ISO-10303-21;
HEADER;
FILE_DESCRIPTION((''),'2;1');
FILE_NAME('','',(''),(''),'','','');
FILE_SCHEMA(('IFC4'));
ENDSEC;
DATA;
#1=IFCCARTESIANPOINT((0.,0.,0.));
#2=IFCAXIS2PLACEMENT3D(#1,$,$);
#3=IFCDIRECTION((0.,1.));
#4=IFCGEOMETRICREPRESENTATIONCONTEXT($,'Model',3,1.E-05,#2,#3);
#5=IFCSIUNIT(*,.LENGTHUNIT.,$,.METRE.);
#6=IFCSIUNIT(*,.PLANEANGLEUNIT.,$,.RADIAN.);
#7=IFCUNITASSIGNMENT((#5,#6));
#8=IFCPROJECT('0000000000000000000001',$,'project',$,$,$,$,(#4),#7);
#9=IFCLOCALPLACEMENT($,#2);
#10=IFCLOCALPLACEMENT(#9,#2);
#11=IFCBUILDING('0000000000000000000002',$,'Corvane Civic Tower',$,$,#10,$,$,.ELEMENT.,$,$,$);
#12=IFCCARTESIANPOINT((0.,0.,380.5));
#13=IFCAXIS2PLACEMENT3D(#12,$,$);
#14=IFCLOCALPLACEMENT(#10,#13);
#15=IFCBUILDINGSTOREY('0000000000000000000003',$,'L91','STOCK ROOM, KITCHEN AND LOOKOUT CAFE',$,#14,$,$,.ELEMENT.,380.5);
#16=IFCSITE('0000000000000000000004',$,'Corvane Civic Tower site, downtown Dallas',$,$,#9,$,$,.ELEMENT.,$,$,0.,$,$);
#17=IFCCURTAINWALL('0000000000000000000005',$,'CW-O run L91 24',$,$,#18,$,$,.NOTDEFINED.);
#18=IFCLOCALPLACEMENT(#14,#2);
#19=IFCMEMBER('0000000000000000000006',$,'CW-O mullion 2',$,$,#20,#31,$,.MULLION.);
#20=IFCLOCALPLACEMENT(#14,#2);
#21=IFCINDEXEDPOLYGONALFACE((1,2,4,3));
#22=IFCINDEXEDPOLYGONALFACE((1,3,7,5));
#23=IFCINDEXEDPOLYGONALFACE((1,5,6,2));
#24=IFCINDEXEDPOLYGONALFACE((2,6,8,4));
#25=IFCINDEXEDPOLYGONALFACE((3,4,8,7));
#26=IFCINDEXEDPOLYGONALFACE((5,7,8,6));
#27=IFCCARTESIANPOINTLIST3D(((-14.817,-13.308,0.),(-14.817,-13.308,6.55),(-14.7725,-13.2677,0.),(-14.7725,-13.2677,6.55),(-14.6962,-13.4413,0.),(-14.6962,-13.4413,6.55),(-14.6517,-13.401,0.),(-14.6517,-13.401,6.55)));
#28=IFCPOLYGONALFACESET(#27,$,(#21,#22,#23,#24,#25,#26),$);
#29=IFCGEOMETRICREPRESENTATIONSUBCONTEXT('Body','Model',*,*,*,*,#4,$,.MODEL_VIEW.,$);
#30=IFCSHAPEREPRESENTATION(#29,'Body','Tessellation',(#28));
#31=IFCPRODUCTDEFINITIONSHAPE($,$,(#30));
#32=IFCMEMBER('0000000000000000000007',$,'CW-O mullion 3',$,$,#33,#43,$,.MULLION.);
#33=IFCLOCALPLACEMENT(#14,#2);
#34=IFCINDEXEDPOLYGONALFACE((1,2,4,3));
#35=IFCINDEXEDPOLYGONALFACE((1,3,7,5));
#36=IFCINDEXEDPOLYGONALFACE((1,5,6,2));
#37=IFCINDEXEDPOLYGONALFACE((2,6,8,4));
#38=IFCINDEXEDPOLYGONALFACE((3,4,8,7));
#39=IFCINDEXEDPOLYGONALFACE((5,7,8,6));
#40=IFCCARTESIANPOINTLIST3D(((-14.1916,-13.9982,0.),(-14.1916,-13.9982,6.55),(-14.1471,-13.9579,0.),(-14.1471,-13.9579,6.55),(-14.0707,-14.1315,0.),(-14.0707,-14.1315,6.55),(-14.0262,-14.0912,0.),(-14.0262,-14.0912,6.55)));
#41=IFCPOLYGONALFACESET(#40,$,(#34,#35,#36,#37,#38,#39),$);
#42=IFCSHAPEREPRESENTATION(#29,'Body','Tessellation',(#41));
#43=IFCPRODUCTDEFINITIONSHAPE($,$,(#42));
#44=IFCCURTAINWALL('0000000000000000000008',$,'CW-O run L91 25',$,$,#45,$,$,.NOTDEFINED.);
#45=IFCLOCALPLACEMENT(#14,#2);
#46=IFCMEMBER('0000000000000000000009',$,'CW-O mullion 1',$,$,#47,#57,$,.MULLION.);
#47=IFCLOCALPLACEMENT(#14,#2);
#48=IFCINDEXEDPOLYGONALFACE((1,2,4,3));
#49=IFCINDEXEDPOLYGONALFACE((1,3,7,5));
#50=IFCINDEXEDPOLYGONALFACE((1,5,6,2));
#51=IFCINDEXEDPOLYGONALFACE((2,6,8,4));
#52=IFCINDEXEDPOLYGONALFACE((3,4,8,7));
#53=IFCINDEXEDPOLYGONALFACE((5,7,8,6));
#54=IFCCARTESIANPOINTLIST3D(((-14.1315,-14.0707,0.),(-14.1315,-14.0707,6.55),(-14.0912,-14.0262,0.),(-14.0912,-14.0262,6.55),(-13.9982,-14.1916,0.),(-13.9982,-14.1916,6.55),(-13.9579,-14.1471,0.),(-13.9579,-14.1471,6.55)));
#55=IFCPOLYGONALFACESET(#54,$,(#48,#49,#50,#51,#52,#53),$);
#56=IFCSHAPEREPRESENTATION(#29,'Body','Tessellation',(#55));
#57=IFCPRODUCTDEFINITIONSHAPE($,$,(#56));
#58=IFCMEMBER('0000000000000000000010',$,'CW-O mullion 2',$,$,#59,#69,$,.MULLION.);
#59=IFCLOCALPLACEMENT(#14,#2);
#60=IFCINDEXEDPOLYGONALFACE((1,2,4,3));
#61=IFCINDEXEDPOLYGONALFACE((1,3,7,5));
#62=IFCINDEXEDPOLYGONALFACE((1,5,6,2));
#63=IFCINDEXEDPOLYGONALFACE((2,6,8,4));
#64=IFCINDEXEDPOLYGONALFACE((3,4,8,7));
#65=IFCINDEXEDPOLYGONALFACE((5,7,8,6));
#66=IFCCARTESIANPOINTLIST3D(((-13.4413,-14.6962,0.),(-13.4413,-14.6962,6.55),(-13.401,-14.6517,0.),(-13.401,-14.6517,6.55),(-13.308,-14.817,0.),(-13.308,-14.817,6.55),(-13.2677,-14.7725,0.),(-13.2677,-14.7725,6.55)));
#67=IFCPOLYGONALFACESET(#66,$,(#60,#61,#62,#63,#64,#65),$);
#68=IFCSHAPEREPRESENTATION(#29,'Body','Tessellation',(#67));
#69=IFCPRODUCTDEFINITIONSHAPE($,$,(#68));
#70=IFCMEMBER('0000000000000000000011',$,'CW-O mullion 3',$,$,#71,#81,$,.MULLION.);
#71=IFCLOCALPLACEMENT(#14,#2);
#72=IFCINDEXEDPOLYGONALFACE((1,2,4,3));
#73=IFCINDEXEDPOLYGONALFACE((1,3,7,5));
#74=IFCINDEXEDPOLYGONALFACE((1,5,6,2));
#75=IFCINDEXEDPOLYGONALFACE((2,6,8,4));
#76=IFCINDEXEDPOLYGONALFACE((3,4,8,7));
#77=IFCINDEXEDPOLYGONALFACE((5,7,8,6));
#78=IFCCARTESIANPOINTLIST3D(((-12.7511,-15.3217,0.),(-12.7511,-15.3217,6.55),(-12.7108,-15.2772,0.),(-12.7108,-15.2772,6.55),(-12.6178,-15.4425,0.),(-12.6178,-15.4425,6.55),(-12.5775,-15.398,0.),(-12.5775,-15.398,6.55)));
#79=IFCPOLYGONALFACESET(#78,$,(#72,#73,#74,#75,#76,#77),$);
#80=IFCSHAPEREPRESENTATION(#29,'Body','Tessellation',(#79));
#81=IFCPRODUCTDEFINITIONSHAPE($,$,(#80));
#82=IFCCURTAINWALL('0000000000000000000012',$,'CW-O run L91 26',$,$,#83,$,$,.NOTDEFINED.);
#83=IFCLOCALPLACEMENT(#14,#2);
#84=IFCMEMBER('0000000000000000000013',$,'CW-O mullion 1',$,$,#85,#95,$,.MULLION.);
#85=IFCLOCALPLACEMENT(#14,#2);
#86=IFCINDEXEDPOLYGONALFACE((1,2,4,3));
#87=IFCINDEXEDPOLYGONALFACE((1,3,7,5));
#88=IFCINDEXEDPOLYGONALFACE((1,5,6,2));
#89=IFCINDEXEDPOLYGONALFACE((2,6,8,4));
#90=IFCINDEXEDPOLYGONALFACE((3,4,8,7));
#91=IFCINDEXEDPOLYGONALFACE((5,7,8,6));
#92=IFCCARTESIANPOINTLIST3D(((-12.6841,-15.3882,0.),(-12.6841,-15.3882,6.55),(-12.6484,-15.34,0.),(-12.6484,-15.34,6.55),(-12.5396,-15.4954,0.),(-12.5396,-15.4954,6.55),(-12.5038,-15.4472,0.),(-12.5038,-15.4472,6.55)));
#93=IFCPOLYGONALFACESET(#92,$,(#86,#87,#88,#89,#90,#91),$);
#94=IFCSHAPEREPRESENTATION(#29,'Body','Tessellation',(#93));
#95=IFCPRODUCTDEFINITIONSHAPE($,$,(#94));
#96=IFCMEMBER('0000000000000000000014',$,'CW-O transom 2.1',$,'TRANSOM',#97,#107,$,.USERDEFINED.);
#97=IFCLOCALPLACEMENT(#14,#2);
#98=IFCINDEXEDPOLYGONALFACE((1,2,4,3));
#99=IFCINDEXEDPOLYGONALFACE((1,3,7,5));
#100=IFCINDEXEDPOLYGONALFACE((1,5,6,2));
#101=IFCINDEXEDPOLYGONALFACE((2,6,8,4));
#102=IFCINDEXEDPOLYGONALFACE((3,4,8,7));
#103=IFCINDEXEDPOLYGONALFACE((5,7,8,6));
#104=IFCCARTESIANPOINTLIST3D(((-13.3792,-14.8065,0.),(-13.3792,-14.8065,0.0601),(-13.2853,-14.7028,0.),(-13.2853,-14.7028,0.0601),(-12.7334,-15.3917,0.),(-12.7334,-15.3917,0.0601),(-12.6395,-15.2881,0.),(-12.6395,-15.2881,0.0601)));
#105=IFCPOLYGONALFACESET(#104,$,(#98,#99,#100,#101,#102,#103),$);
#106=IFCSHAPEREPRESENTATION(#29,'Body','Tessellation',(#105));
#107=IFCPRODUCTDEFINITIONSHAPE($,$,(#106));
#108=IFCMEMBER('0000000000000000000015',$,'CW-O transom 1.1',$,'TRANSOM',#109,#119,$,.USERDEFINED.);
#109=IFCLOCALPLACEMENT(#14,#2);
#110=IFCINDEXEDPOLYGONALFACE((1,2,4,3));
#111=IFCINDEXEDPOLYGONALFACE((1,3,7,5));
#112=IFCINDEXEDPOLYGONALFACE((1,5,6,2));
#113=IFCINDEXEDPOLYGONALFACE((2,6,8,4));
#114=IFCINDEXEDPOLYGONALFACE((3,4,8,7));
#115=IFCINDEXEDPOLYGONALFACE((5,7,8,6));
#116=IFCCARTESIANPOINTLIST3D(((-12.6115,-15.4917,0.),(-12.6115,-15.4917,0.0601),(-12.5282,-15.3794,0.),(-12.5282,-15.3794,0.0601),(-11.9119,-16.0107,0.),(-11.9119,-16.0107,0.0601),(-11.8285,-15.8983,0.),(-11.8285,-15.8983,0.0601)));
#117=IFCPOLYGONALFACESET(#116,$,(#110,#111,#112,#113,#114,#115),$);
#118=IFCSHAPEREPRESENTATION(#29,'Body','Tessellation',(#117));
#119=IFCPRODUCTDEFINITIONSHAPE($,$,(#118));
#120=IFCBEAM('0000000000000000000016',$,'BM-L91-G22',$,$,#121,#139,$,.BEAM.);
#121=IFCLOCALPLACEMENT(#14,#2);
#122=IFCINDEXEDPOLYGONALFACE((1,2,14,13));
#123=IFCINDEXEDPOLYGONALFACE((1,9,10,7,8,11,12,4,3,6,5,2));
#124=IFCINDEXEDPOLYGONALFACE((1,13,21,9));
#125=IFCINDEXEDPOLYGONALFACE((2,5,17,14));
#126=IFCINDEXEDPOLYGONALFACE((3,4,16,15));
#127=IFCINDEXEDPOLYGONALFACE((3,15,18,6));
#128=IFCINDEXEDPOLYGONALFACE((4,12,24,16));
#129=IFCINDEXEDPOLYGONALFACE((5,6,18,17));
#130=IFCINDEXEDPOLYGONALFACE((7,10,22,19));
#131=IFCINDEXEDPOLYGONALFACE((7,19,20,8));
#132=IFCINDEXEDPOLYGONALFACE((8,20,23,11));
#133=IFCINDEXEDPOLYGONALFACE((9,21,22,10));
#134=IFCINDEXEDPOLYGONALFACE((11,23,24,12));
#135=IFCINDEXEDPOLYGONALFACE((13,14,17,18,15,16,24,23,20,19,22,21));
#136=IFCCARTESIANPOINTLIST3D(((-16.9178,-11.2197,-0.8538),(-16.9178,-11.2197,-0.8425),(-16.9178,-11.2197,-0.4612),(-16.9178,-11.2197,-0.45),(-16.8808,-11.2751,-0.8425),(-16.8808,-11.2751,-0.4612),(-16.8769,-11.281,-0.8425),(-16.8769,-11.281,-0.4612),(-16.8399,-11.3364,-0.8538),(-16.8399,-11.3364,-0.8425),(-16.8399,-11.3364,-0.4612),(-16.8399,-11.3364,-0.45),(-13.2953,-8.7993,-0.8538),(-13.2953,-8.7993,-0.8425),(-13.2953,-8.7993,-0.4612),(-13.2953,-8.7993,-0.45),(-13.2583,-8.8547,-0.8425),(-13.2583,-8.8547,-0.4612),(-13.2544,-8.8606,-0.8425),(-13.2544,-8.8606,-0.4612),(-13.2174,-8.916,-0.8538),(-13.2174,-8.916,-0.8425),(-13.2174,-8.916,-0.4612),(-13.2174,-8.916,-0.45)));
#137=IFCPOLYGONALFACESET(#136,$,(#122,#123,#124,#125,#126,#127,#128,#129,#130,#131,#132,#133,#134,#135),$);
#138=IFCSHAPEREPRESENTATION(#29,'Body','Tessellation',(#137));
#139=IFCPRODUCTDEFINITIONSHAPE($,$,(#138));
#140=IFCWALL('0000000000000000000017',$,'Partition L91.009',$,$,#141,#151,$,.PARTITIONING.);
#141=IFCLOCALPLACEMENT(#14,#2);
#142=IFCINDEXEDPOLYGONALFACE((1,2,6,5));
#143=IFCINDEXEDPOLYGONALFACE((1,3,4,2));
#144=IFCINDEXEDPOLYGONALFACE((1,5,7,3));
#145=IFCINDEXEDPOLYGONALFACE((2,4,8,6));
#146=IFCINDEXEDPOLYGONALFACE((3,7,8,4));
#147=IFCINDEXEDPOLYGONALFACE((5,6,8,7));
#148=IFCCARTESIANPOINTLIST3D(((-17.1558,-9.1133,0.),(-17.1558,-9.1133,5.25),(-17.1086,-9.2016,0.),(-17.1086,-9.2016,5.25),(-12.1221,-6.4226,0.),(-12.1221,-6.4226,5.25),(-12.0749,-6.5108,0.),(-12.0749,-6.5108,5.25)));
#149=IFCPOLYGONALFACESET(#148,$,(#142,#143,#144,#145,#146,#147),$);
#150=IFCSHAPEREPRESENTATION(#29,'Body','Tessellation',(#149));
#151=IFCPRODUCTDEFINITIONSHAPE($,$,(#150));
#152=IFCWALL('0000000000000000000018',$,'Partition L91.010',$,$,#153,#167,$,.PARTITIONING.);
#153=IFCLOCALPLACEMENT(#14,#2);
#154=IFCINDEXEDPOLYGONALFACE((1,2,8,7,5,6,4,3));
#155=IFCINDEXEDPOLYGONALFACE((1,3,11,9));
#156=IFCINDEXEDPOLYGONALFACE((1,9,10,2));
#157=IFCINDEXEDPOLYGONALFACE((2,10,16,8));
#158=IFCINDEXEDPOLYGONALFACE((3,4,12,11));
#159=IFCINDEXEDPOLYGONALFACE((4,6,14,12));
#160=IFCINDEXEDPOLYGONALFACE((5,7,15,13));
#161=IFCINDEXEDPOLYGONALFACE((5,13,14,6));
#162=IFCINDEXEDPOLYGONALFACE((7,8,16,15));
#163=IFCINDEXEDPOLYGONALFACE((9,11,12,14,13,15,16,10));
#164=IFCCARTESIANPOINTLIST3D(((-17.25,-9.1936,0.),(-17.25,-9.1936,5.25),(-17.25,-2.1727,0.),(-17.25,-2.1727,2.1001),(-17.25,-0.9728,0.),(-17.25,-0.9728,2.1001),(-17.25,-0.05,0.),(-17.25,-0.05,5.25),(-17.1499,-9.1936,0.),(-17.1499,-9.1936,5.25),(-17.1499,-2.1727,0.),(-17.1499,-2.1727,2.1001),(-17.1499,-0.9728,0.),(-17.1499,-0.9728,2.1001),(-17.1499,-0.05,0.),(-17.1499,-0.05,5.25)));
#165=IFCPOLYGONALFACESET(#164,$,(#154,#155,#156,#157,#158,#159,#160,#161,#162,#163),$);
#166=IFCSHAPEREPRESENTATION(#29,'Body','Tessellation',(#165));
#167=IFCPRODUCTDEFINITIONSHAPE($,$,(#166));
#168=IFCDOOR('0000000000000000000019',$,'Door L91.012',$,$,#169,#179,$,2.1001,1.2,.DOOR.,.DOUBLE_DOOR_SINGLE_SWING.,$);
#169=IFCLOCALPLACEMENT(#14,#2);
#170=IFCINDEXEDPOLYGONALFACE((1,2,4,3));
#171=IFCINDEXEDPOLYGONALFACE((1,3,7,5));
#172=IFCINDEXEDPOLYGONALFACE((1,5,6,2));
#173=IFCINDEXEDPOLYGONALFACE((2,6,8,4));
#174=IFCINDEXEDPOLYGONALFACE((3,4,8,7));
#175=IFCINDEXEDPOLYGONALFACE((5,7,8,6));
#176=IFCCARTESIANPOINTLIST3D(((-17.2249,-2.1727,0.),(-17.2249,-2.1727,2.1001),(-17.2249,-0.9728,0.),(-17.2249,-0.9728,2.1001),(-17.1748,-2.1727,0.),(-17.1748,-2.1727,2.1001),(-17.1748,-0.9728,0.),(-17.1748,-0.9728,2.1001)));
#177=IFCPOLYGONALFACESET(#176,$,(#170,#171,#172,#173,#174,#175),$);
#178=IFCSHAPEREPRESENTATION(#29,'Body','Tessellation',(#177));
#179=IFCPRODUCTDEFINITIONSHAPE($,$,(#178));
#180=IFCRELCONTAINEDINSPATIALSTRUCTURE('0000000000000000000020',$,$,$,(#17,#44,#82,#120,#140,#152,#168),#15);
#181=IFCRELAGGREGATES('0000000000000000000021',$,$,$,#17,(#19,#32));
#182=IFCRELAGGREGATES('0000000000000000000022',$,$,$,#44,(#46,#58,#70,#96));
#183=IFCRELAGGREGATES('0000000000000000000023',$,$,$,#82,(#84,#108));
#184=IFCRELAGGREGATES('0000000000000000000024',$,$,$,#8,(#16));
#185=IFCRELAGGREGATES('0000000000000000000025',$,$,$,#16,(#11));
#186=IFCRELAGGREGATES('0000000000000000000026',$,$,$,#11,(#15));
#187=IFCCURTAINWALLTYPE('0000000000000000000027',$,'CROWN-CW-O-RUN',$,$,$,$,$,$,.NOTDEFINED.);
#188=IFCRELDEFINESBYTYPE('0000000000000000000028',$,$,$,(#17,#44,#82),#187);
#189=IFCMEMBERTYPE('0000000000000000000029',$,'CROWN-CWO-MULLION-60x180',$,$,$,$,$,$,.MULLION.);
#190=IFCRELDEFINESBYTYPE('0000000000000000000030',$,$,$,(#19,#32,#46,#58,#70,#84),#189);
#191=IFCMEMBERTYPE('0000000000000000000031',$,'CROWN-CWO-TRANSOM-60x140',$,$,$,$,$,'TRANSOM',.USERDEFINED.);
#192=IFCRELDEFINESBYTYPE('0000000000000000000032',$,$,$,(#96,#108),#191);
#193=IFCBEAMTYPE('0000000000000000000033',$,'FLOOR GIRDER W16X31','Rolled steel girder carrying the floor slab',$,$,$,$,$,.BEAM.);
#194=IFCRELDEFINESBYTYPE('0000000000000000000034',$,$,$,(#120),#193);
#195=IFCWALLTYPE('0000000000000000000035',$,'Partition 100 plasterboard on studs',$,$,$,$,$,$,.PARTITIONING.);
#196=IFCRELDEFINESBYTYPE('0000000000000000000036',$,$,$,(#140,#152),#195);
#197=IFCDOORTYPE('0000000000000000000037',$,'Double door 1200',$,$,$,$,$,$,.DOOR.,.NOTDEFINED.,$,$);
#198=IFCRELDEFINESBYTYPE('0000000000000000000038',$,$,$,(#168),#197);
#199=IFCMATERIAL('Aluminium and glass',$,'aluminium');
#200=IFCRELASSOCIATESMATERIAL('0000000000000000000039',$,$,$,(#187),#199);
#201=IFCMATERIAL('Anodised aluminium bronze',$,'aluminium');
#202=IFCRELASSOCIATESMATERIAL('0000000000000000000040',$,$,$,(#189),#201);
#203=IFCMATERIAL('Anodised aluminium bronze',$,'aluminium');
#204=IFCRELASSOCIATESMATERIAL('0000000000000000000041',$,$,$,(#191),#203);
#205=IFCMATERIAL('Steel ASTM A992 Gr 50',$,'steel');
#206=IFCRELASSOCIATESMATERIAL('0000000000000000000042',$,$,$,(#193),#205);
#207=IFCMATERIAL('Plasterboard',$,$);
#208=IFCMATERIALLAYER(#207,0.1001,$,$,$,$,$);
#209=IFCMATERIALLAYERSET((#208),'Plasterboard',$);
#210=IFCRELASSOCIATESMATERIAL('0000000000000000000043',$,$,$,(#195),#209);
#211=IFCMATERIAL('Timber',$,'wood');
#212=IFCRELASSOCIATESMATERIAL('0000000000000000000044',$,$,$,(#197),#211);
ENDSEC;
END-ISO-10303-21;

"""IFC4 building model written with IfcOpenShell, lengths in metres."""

from ifc_helpers import new_model, si_unit, direction, frame, frame_2d, origin, origin_2d, place, context, subcontext, project, spatial, rectangle, i_section, extrude, material, layer, layer_set, material_profile, profile_set, type_object, element, fill, aggregate, save


model = new_model("IFC4")

# Units and contexts
model_context = context("Model", 3, precision=1e-05, world=origin(), true_north=direction((0.0, 1.0)))
body_context = subcontext(model_context, "Body", "Model", "MODEL_VIEW")
ifc_project = project(units=[si_unit("LENGTHUNIT", "METRE"), si_unit("PLANEANGLEUNIT", "RADIAN")], contexts=[model_context])

# Site, building, storey
site_placement = place(None, origin())
site = spatial("IfcSite", under=ifc_project, at=site_placement, Name="Corvane Civic Tower site, downtown Dallas", CompositionType="ELEMENT", RefElevation=0.0)
building_placement = place(site_placement, origin())
building = spatial("IfcBuilding", under=site, at=building_placement, Name="Corvane Civic Tower", CompositionType="ELEMENT")
storey_placement = place(building_placement, frame((0.0, 0.0, 380.5)))
storey = spatial("IfcBuildingStorey", under=building, at=storey_placement, Name="L91", Description="STOCK ROOM, KITCHEN AND LOOKOUT CAFE", CompositionType="ELEMENT", Elevation=380.5)

# Shared definitions
ifc_material_1 = material(Name="Aluminium and glass", Category="aluminium")
curtain_wall_type = type_object("IfcCurtainWallType", Name="CROWN-CW-O-RUN", PredefinedType="NOTDEFINED", material=ifc_material_1)
ifc_material_2 = material(Name="Anodised aluminium bronze", Category="aluminium")
ifc_material_profile_1 = material_profile(ifc_material_2, rectangle(XDim=0.0601, YDim=0.1799, at=origin_2d()), Name="AL 60x180")
ifc_profile_set_1 = profile_set([ifc_material_profile_1], Name="Anodised aluminium bronze")
member_type_1 = type_object("IfcMemberType", Name="CROWN-CWO-MULLION-60x180", PredefinedType="MULLION", material=ifc_profile_set_1)

# Curtain walls, members
curtain_wall_1_placement = place(storey_placement, origin())
curtain_wall_1 = element("IfcCurtainWall", 1, at=curtain_wall_1_placement, inside=storey, type_object=curtain_wall_type, Name="CW-O run L91 24", PredefinedType="NOTDEFINED")
member_1_placement = place(storey_placement, frame((-14.7344, -13.3545, 0.0), z_axis=(0.0, 0.0, 1.0), x_axis=(0.740944, 0.671567, 0.0)))
member_1 = element("IfcMember", 2, at=member_1_placement, type_object=member_type_1, Name="CW-O mullion 2", PredefinedType="MULLION", context=body_context, shape_type="SweptSolid", body=[
    extrude(rectangle(XDim=0.0601, YDim=0.1799, at=origin_2d()), origin(), (0.0, 0.0, 1.0), 6.55),
])
member_2_placement = place(storey_placement, frame((-14.1089, -14.0447, 0.0), z_axis=(0.0, 0.0, 1.0), x_axis=(0.740944, 0.671567, 0.0)))
member_2 = element("IfcMember", 3, at=member_2_placement, type_object=member_type_1, Name="CW-O mullion 3", PredefinedType="MULLION", context=body_context, shape_type="SweptSolid", body=[
    extrude(rectangle(XDim=0.0601, YDim=0.1799, at=origin_2d()), origin(), (0.0, 0.0, 1.0), 6.55),
])
aggregate(curtain_wall_1, [member_1, member_2])
curtain_wall_2_placement = place(storey_placement, origin())
curtain_wall_2 = element("IfcCurtainWall", 4, at=curtain_wall_2_placement, inside=storey, type_object=curtain_wall_type, Name="CW-O run L91 25", PredefinedType="NOTDEFINED")
member_3_placement = place(storey_placement, frame((-14.0447, -14.1089, 0.0), z_axis=(0.0, 0.0, 1.0), x_axis=(0.671567, 0.740944, 0.0)))
member_3 = element("IfcMember", 5, at=member_3_placement, type_object=member_type_1, Name="CW-O mullion 1", PredefinedType="MULLION", context=body_context, shape_type="SweptSolid", body=[
    extrude(rectangle(XDim=0.0601, YDim=0.1799, at=origin_2d()), origin(), (0.0, 0.0, 1.0), 6.55),
])
member_4_placement = place(storey_placement, frame((-13.3545, -14.7344, 0.0), z_axis=(0.0, 0.0, 1.0), x_axis=(0.671567, 0.740944, 0.0)))
member_4 = element("IfcMember", 6, at=member_4_placement, type_object=member_type_1, Name="CW-O mullion 2", PredefinedType="MULLION", context=body_context, shape_type="SweptSolid", body=[
    extrude(rectangle(XDim=0.0601, YDim=0.1799, at=origin_2d()), origin(), (0.0, 0.0, 1.0), 6.55),
])
member_5_placement = place(storey_placement, frame((-12.6643, -15.3599, 0.0), z_axis=(0.0, 0.0, 1.0), x_axis=(0.671567, 0.740944, 0.0)))
member_5 = element("IfcMember", 7, at=member_5_placement, type_object=member_type_1, Name="CW-O mullion 3", PredefinedType="MULLION", context=body_context, shape_type="SweptSolid", body=[
    extrude(rectangle(XDim=0.0601, YDim=0.1799, at=origin_2d()), origin(), (0.0, 0.0, 1.0), 6.55),
])

# Curtain wall, member
curtain_wall_3_placement = place(storey_placement, origin())
curtain_wall_3 = element("IfcCurtainWall", 8, at=curtain_wall_3_placement, inside=storey, type_object=curtain_wall_type, Name="CW-O run L91 26", PredefinedType="NOTDEFINED")
member_6_placement = place(storey_placement, frame((-12.594, -15.4177, 0.0), z_axis=(0.0, 0.0, 1.0), x_axis=(0.595722, 0.80319, 0.0)))
member_6 = element("IfcMember", 9, at=member_6_placement, type_object=member_type_1, Name="CW-O mullion 1", PredefinedType="MULLION", context=body_context, shape_type="SweptSolid", body=[
    extrude(rectangle(XDim=0.0601, YDim=0.1799, at=origin_2d()), origin(), (0.0, 0.0, 1.0), 6.55),
])

# Members
ifc_material_3 = material(Name="Anodised aluminium bronze", Category="aluminium")
ifc_material_profile_2 = material_profile(ifc_material_3, rectangle(XDim=0.1399, YDim=0.0601, at=origin_2d()), Name="AL 140x60")
ifc_profile_set_2 = profile_set([ifc_material_profile_2], Name="Anodised aluminium bronze")
member_type_2 = type_object("IfcMemberType", Name="CROWN-CWO-TRANSOM-60x140", ElementType="TRANSOM", PredefinedType="USERDEFINED", material=ifc_profile_set_2)
member_7_placement = place(storey_placement, frame((-13.3323, -14.7546, 0.03), z_axis=(0.740991, -0.671515, 0.0), x_axis=(0.671515, 0.740991, 0.0)))
member_7 = element("IfcMember", 10, at=member_7_placement, type_object=member_type_2, Name="CW-O transom 2.1", ObjectType="TRANSOM", PredefinedType="USERDEFINED", context=body_context, shape_type="SweptSolid", body=[
    extrude(rectangle(XDim=0.1399, YDim=0.0601, at=origin_2d()), origin(), (0.0, 0.0, 1.0), 0.8716),
])
aggregate(curtain_wall_2, [member_3, member_4, member_5, member_7])
member_8_placement = place(storey_placement, frame((-12.5698, -15.4355, 0.03), z_axis=(0.80315, -0.595777, 0.0), x_axis=(0.595777, 0.80315, 0.0)))
member_8 = element("IfcMember", 11, at=member_8_placement, type_object=member_type_2, Name="CW-O transom 1.1", ObjectType="TRANSOM", PredefinedType="USERDEFINED", context=body_context, shape_type="SweptSolid", body=[
    extrude(rectangle(XDim=0.1399, YDim=0.0601, at=origin_2d()), origin(), (0.0, 0.0, 1.0), 0.8711),
])
aggregate(curtain_wall_3, [member_6, member_8])

# Beam
ifc_material_4 = material(Name="Steel ASTM A992 Gr 50", Category="steel")
ifc_material_profile_3 = material_profile(ifc_material_4, i_section(OverallWidth=0.1404, OverallDepth=0.4038, WebThickness=0.0071, FlangeThickness=0.0112, at=origin_2d()), Name="W16X31")
ifc_profile_set_3 = profile_set([ifc_material_profile_3], Name="Steel ASTM A992 Gr 50")
beam_type = type_object("IfcBeamType", Name="FLOOR GIRDER W16X31", Description="Rolled steel girder carrying the floor slab", PredefinedType="BEAM", material=ifc_profile_set_3)
beam_placement = place(storey_placement, frame((-13.2563, -8.8577, -0.6519), z_axis=(-0.831481, -0.555553, 0.0), x_axis=(0.555553, -0.831481, 0.0)))
element("IfcBeam", 12, at=beam_placement, inside=storey, type_object=beam_type, Name="BM-L91-G22", PredefinedType="BEAM", context=body_context, shape_type="SweptSolid", body=[
    extrude(i_section(OverallWidth=0.1404, OverallDepth=0.4038, WebThickness=0.0071, FlangeThickness=0.0112, at=origin_2d()), origin(), (0.0, 0.0, 1.0), 4.3567),
])

# Wall
ifc_material_5 = material(Name="Plasterboard")
ifc_layer = layer(ifc_material_5, 0.1001)
ifc_layer_set = layer_set([ifc_layer], Name="Plasterboard")
wall_type = type_object("IfcWallType", Name="Partition 100 plasterboard on studs", PredefinedType="PARTITIONING", material=ifc_layer_set)
wall_1_placement = place(storey_placement, frame((-17.1323, -9.1575, 0.0), z_axis=(0.0, 0.0, 1.0), x_axis=(0.881913, 0.471412, 0.0)))
element("IfcWall", 13, at=wall_1_placement, inside=storey, type_object=wall_type, Name="Partition L91.009", PredefinedType="PARTITIONING", context=body_context, shape_type="SweptSolid", body=[
    extrude(rectangle(XDim=5.7078, YDim=0.1001, at=frame_2d((2.854, 0.0))), origin(), (0.0, 0.0, 1.0), 5.25),
])

# Wall, opening, door
wall_2_placement = place(storey_placement, frame((-17.2, -9.1936, 0.0), z_axis=(0.0, 0.0, 1.0), x_axis=(0.0, 1.0, 0.0)))
wall_2 = element("IfcWall", 14, at=wall_2_placement, inside=storey, type_object=wall_type, Name="Partition L91.010", PredefinedType="PARTITIONING", context=body_context, shape_type="SweptSolid", body=[
    extrude(rectangle(XDim=9.1436, YDim=0.1001, at=frame_2d((4.5718, 0.0))), origin(), (0.0, 0.0, 1.0), 5.25),
])
opening_placement = place(wall_2_placement, frame((7.0208, 0.0, 0.0)))
opening = element("IfcOpeningElement", 15, at=opening_placement, cuts=wall_2, PredefinedType="OPENING", context=body_context, shape_type="SweptSolid", body=[
    extrude(rectangle(XDim=1.2, YDim=2.1001, at=frame_2d((0.6001, 1.05))), frame((0.0, 0.0601, 0.0), z_axis=(0.0, -1.0, 0.0), x_axis=(1.0, 0.0, 0.0)), (0.0, 0.0, 1.0), 0.1201),
])
ifc_material_6 = material(Name="Timber", Category="wood")
door_type = type_object("IfcDoorType", Name="Double door 1200", OperationType="NOTDEFINED", PredefinedType="DOOR", material=ifc_material_6)
door_placement = place(opening_placement, origin())
door = element("IfcDoor", 16, at=door_placement, inside=storey, type_object=door_type, Name="Door L91.012", OperationType="DOUBLE_DOOR_SINGLE_SWING", OverallHeight=2.1001, OverallWidth=1.2, PredefinedType="DOOR", context=body_context, shape_type="SweptSolid", body=[
    extrude(rectangle(XDim=1.2, YDim=2.1001, at=frame_2d((0.6001, 1.05))), frame((0.0, 0.0249, 0.0), z_axis=(0.0, -1.0, 0.0), x_axis=(1.0, 0.0, 0.0)), (0.0, 0.0, 1.0), 0.05),
])
fill(opening, door)

save(model, "model.ifc")
